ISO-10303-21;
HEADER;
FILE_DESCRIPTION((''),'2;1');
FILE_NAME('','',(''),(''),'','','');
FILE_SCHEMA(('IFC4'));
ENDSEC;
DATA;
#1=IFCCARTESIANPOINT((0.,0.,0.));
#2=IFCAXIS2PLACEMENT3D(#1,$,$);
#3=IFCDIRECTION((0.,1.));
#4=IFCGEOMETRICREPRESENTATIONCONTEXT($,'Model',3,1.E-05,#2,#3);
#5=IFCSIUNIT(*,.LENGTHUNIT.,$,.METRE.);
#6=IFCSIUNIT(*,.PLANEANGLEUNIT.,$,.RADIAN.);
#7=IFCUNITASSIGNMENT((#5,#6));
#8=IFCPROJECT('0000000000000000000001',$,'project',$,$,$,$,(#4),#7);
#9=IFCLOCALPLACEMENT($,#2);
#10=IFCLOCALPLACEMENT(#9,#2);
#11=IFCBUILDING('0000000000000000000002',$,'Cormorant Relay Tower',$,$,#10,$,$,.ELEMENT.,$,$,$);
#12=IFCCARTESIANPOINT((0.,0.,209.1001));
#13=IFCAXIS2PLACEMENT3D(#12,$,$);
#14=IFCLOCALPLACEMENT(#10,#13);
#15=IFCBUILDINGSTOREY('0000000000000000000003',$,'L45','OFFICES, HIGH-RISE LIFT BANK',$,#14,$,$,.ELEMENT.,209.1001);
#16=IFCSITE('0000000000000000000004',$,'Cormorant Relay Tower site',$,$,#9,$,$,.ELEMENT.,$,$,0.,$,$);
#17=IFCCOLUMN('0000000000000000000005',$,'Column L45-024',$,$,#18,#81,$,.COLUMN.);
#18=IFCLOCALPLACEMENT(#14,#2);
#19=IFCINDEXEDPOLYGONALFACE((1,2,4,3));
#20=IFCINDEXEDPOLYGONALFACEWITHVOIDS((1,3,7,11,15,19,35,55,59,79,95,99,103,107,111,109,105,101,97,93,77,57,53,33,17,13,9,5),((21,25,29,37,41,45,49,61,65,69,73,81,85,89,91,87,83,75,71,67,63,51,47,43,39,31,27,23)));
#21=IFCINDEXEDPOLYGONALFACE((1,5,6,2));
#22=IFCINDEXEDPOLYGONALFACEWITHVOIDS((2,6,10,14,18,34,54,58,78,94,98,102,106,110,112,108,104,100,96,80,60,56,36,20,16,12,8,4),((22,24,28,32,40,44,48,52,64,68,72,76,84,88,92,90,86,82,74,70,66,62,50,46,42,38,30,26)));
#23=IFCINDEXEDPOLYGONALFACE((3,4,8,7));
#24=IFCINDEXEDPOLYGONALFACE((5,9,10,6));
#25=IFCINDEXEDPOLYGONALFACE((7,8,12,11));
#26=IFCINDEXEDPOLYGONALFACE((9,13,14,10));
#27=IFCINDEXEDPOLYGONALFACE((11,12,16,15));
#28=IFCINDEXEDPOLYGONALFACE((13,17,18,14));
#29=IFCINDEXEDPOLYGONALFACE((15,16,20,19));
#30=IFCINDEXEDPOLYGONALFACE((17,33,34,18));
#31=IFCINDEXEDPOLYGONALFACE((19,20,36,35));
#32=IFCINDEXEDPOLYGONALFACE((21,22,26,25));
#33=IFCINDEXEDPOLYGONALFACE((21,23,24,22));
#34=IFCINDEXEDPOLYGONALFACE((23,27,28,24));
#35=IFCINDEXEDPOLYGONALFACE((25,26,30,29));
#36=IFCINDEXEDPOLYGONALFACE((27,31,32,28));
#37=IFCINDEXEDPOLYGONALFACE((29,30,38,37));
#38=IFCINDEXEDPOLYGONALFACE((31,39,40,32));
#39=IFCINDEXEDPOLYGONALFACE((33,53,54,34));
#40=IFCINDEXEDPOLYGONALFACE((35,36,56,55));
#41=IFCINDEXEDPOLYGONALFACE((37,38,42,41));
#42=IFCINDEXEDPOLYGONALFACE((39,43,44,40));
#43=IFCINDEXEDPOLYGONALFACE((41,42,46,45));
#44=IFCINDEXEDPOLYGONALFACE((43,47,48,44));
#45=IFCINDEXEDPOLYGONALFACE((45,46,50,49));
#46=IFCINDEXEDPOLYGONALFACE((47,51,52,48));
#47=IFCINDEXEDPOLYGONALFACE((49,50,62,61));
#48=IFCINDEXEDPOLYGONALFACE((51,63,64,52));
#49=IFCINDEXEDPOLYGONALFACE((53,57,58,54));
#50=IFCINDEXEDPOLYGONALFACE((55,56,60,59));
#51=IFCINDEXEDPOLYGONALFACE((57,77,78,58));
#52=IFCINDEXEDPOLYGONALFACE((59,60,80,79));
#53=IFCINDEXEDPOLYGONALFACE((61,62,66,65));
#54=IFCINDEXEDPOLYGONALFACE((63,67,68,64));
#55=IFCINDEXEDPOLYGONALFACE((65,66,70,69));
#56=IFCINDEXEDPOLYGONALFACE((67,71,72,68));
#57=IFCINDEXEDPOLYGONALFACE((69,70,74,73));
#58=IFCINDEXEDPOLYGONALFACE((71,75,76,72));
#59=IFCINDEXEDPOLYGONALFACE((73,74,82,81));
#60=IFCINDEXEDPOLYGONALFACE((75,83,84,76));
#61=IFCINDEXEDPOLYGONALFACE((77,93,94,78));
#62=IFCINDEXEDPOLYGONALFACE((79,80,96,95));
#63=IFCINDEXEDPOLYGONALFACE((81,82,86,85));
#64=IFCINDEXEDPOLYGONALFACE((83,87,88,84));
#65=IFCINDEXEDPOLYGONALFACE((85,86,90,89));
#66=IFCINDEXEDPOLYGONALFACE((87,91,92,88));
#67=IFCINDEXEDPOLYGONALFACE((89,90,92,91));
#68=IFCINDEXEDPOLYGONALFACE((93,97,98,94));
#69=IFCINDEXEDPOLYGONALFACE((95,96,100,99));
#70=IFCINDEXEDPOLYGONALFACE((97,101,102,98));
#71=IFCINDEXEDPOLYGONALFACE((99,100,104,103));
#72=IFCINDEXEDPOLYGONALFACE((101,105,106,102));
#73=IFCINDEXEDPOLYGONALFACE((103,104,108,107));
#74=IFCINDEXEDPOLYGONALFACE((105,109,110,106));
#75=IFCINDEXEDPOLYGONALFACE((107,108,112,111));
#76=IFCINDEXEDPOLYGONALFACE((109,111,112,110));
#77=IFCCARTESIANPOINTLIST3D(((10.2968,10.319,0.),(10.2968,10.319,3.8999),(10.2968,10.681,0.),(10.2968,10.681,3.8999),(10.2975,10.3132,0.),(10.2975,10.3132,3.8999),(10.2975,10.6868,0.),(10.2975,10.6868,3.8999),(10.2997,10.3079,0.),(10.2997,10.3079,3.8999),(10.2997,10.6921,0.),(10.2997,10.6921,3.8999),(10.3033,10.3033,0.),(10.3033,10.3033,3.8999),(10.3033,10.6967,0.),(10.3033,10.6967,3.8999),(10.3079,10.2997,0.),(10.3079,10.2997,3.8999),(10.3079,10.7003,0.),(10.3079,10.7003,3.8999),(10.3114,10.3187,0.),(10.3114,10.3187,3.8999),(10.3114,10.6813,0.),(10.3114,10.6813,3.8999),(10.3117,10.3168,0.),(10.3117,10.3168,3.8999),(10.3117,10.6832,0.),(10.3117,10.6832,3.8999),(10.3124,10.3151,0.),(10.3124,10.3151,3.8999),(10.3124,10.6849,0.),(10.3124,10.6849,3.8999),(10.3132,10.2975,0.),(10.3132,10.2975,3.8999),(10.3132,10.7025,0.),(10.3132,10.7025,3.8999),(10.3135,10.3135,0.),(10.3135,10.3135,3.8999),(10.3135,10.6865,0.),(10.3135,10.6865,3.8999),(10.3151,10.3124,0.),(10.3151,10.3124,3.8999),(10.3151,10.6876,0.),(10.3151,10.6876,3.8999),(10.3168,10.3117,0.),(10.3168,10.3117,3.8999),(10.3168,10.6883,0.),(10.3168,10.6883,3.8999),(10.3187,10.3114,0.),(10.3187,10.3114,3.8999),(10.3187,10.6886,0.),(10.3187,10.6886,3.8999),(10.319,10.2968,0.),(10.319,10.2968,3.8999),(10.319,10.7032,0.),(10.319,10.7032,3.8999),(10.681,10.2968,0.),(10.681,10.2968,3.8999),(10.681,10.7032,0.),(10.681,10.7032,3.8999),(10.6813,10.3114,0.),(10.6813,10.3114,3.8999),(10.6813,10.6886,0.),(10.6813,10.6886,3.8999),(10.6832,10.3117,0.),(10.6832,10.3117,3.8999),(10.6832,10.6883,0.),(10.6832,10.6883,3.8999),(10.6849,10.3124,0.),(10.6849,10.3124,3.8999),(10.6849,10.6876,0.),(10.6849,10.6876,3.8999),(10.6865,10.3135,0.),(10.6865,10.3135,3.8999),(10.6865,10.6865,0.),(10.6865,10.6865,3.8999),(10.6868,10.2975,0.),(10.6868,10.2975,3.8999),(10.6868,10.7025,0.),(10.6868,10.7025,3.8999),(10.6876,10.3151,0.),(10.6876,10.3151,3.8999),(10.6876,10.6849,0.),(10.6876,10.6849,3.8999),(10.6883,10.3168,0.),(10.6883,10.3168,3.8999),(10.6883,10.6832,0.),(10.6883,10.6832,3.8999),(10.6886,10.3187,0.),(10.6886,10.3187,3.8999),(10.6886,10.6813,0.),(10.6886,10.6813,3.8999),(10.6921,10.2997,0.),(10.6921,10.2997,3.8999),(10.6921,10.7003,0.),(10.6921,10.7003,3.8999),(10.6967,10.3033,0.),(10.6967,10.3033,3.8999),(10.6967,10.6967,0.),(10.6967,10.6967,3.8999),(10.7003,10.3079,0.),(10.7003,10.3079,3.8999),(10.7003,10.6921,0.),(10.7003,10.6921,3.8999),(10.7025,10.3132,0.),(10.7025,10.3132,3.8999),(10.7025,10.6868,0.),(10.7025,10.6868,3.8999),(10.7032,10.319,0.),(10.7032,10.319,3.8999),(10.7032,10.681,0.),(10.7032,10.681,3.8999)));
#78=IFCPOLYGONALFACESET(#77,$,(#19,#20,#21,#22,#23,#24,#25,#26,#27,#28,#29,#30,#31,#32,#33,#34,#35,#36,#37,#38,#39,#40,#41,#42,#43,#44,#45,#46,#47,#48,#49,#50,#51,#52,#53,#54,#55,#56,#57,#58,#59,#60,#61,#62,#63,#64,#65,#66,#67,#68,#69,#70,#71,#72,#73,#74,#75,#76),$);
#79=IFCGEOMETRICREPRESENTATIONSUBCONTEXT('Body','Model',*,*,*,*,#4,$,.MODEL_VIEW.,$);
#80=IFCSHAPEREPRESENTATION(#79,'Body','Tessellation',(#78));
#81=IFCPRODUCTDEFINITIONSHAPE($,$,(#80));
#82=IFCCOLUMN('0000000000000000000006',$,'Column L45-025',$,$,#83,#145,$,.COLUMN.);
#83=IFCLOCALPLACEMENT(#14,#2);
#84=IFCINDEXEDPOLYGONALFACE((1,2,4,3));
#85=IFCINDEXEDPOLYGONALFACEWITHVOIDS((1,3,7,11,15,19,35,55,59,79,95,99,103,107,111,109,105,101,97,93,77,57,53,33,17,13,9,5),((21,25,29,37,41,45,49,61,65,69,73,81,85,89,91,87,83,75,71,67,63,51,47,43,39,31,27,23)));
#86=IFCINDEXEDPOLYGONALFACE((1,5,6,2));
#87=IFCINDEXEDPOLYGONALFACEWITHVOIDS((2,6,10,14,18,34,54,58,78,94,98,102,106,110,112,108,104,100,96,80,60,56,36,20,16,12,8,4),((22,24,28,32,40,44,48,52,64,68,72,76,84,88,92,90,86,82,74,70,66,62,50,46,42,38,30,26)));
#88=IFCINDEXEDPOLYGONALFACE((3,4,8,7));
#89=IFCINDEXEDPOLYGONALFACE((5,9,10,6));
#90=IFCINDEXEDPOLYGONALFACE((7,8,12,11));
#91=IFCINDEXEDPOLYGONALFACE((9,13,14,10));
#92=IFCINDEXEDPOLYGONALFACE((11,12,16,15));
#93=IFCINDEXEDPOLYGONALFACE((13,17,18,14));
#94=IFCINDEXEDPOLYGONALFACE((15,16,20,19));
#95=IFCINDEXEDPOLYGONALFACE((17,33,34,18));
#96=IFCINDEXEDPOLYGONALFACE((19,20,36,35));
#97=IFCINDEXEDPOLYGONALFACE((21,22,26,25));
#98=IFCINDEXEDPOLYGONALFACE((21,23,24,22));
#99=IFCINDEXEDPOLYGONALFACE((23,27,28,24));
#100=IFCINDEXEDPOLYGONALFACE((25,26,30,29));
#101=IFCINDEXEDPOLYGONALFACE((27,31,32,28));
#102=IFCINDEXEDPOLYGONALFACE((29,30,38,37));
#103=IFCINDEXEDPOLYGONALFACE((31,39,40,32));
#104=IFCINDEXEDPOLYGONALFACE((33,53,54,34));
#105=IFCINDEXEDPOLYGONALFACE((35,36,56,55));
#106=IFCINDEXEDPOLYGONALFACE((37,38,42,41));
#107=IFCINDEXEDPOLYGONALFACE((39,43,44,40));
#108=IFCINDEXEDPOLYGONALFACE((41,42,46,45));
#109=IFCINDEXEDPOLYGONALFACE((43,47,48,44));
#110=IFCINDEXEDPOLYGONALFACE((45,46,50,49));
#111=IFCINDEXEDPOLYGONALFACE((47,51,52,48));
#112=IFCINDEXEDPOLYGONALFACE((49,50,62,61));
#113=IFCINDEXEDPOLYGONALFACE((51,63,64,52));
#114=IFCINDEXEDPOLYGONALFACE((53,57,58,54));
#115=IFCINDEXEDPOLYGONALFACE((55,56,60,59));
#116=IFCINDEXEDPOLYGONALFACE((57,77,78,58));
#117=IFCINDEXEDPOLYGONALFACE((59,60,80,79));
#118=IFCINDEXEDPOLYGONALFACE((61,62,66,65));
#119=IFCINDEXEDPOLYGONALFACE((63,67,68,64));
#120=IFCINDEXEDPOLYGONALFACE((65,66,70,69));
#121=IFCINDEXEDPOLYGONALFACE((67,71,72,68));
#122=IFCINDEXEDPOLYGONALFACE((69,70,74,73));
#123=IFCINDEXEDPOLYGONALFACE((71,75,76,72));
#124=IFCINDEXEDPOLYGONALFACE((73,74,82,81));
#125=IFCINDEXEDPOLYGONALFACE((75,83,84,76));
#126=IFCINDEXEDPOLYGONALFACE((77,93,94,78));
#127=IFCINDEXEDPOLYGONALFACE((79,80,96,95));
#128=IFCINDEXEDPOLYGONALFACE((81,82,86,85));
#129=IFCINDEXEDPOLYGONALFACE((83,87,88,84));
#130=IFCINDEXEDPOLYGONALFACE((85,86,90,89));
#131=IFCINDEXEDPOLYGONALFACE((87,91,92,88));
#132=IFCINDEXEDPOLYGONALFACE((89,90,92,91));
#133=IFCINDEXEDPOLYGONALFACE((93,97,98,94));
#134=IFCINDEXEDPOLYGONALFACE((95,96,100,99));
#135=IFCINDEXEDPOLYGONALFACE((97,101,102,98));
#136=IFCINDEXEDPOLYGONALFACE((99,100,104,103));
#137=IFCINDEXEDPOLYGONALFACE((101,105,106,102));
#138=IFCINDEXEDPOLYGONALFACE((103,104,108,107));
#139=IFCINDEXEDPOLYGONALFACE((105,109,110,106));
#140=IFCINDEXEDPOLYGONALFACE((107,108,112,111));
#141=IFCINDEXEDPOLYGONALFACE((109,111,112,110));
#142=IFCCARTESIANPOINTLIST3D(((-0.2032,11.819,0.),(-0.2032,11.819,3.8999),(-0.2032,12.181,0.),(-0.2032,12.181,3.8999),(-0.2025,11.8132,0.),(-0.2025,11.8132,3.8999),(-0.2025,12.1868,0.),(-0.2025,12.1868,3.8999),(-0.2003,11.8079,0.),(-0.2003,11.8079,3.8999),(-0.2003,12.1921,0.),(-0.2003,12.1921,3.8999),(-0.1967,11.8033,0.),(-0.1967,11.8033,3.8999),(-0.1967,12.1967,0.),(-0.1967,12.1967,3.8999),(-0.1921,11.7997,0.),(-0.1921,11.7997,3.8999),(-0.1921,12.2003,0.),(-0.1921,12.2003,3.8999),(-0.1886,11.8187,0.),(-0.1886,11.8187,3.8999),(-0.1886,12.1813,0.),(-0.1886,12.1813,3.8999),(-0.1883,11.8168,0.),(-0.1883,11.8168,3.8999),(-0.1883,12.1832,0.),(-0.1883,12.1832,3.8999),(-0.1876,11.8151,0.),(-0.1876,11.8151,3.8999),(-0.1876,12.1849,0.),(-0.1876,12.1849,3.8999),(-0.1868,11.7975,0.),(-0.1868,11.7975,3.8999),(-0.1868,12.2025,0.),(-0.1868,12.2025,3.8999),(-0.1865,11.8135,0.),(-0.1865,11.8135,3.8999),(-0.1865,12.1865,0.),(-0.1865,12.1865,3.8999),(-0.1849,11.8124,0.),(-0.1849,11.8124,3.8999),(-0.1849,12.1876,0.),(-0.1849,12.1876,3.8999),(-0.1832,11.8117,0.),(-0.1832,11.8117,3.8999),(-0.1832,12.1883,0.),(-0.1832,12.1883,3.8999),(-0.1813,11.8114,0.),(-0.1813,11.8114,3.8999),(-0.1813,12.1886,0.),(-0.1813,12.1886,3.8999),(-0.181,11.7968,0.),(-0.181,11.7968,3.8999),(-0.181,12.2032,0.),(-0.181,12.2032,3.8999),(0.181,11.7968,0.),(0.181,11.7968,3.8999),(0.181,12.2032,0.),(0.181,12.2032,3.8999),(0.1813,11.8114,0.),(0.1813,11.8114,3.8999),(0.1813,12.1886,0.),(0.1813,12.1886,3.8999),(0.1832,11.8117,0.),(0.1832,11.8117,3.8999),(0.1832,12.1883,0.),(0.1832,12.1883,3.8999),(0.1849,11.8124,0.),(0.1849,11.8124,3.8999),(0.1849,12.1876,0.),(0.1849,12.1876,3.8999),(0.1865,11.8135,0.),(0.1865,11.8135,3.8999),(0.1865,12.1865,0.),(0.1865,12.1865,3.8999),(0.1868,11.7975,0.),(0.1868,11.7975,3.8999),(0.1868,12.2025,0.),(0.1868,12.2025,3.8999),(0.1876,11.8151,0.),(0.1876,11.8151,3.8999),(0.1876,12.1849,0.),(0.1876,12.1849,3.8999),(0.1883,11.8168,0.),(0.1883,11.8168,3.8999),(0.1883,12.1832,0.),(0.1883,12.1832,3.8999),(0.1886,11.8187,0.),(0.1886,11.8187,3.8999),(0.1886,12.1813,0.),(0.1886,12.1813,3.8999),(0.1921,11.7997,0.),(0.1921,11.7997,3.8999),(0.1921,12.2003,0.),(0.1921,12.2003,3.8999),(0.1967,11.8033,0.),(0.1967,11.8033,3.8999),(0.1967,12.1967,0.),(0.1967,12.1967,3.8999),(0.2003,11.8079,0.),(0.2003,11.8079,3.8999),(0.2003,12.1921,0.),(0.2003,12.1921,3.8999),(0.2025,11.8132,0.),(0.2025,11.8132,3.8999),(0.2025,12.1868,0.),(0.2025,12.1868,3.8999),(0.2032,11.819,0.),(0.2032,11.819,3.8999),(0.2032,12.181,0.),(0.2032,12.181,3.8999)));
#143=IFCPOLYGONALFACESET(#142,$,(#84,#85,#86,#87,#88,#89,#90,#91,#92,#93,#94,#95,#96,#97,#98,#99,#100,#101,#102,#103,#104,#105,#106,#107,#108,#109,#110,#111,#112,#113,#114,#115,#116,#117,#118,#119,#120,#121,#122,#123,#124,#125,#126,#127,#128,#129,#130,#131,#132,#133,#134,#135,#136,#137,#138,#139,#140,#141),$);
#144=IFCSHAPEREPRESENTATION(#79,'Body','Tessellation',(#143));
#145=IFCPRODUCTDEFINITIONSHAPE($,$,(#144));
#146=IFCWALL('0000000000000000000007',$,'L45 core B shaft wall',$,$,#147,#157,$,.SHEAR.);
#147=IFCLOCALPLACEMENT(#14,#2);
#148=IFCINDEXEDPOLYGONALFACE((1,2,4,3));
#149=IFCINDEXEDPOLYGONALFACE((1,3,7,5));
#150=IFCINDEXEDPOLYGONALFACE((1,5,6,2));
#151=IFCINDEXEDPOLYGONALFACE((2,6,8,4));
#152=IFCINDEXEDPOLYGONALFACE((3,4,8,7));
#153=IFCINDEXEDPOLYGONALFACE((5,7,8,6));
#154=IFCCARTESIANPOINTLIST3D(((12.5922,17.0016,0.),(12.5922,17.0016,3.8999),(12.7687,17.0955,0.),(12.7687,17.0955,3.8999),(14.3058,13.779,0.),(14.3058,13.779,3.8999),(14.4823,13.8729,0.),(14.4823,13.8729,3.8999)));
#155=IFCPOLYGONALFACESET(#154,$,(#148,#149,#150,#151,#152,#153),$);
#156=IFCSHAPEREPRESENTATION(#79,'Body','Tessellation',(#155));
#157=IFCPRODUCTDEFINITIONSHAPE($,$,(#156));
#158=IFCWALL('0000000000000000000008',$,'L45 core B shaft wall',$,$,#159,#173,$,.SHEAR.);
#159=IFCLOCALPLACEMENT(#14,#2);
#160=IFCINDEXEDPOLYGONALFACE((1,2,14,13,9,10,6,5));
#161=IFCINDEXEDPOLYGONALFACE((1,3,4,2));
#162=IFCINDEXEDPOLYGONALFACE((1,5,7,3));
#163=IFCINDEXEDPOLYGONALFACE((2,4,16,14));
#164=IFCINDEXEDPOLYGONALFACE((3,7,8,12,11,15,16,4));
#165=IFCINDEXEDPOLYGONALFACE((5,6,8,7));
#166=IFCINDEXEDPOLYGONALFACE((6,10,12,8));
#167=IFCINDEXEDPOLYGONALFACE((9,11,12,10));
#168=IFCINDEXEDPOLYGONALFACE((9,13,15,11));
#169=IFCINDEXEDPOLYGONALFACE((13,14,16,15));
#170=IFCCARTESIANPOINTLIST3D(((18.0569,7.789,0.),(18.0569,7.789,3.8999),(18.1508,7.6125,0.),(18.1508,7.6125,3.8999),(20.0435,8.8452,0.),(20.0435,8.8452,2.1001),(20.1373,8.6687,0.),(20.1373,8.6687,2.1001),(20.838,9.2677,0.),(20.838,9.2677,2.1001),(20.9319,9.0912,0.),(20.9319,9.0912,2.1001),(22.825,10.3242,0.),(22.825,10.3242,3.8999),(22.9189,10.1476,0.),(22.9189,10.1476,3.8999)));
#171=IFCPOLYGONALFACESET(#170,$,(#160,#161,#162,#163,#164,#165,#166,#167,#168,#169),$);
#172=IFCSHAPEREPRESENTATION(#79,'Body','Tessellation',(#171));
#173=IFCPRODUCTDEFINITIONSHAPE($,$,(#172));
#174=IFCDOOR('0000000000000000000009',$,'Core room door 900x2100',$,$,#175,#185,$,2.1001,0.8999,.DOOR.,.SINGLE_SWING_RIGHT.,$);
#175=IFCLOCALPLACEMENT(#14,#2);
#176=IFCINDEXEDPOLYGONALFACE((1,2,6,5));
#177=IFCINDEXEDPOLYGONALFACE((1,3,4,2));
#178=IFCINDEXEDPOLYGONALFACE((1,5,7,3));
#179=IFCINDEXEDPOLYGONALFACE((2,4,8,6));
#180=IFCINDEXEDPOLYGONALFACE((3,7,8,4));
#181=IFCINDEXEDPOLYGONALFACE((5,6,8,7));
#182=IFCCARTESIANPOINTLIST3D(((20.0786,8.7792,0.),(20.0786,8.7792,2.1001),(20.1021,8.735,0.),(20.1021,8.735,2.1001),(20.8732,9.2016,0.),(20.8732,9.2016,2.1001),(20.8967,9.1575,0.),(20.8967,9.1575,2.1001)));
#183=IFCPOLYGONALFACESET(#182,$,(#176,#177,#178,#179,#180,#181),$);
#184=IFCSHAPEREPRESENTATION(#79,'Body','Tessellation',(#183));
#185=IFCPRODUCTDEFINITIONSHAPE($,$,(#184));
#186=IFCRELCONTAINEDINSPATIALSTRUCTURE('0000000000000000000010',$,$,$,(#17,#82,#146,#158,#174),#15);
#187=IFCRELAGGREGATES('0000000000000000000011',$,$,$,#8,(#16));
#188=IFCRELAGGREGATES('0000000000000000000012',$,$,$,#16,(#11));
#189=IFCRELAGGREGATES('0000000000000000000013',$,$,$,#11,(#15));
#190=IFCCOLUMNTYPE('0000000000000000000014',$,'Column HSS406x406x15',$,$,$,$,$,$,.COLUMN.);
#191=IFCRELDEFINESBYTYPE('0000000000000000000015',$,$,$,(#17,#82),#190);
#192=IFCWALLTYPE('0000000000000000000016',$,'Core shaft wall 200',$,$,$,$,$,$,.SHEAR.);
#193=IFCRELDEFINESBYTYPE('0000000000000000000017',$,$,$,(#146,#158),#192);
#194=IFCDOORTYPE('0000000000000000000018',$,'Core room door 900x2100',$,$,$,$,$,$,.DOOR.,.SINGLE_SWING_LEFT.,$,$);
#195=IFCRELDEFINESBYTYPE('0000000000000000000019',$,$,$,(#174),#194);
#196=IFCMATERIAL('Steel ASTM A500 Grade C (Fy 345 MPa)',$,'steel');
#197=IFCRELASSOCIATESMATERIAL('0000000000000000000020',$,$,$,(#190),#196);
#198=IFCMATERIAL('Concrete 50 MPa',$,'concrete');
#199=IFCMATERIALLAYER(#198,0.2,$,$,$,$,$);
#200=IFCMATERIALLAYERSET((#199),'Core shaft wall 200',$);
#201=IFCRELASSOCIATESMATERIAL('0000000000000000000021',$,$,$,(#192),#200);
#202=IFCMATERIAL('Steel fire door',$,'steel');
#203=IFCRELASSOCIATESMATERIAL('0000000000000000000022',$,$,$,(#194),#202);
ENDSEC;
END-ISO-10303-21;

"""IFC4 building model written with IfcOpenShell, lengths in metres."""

from ifc_helpers import new_model, si_unit, direction, frame, frame_2d, origin, origin_2d, place, context, subcontext, project, spatial, rectangle, hollow_rectangle, extrude, material, layer, layer_set, material_profile, profile_set, type_object, element, fill, save


model = new_model("IFC4")

# Units and contexts
model_context = context("Model", 3, precision=1e-05, world=origin(), true_north=direction((0.0, 1.0)))
body_context = subcontext(model_context, "Body", "Model", "MODEL_VIEW")
ifc_project = project(units=[si_unit("LENGTHUNIT", "METRE"), si_unit("PLANEANGLEUNIT", "RADIAN")], contexts=[model_context])

# Site, building, storey
site_placement = place(None, origin())
site = spatial("IfcSite", under=ifc_project, at=site_placement, Name="Cormorant Relay Tower site", CompositionType="ELEMENT", RefElevation=0.0)
building_placement = place(site_placement, origin())
building = spatial("IfcBuilding", under=site, at=building_placement, Name="Cormorant Relay Tower", CompositionType="ELEMENT")
storey_placement = place(building_placement, frame((0.0, 0.0, 209.1001)))
storey = spatial("IfcBuildingStorey", under=building, at=storey_placement, Name="L45", Description="OFFICES, HIGH-RISE LIFT BANK", CompositionType="ELEMENT", Elevation=209.1001)

# Columns
ifc_material_1 = material(Name="Steel ASTM A500 Grade C (Fy 345 MPa)", Category="steel")
ifc_material_profile = material_profile(ifc_material_1, hollow_rectangle(XDim=0.4065, YDim=0.4065, WallThickness=0.0146, InnerFilletRadius=0.0073, OuterFilletRadius=0.0222, at=origin_2d()), Name="HSS406x406x15")
ifc_profile_set = profile_set([ifc_material_profile], Name="Steel ASTM A500 Grade C (Fy 345 MPa)")
column_type = type_object("IfcColumnType", Name="Column HSS406x406x15", PredefinedType="COLUMN", material=ifc_profile_set)
for number, where, z_axis, x_axis, name in (
    (1, (10.5, 10.5, 0.0), (0.0, 0.0, 1.0), (1.0, 0.0, 0.0), "Column L45-024"),
    (2, (0.0, 12.0, 0.0), (0.0, 0.0, 1.0), (1.0, 0.0, 0.0), "Column L45-025"),
):
    element("IfcColumn", number, at=place(storey_placement, frame(where, z_axis=z_axis, x_axis=x_axis)), inside=storey, type_object=column_type, Name=name, PredefinedType="COLUMN", context=body_context, shape_type="SweptSolid", body=[
        extrude(hollow_rectangle(XDim=0.4065, YDim=0.4065, WallThickness=0.0146, InnerFilletRadius=0.0073, OuterFilletRadius=0.0222, at=origin_2d()), origin(), (0.0, 0.0, 1.0), 3.8999),
    ])

# Wall
ifc_material_2 = material(Name="Concrete 50 MPa", Category="concrete")
ifc_layer_1 = layer(ifc_material_2, 0.2)
ifc_layer_set_1 = layer_set([ifc_layer_1], Name="Core shaft wall 200")
wall_type_1 = type_object("IfcWallType", Name="Core shaft wall 200", PredefinedType="SHEAR", material=ifc_layer_set_1)
wall_1_placement = place(storey_placement, frame((14.394, 13.8259, 0.0), z_axis=(0.0, 0.0, 1.0), x_axis=(-0.469494, 0.882936, 0.0)))
element("IfcWall", 3, at=wall_1_placement, inside=storey, type_object=wall_type_1, Name="L45 core B shaft wall", PredefinedType="SHEAR", context=body_context, shape_type="SweptSolid", body=[
    extrude(rectangle(XDim=3.6499, YDim=0.2, at=frame_2d((1.825, 0.0))), origin(), (0.0, 0.0, 1.0), 3.8999),
])

# Wall, opening, door
wall_2_placement = place(storey_placement, frame((18.1038, 7.7007, 0.0), z_axis=(0.0, 0.0, 1.0), x_axis=(0.882953, 0.469462, 0.0)))
wall_2 = element("IfcWall", 4, at=wall_2_placement, inside=storey, type_object=wall_type_1, Name="L45 core B shaft wall", PredefinedType="SHEAR", context=body_context, shape_type="SweptSolid", body=[
    extrude(rectangle(XDim=5.4001, YDim=0.2, at=frame_2d((2.7002, 0.0))), origin(), (0.0, 0.0, 1.0), 3.8999),
])
opening_1_placement = place(wall_2_placement, frame((2.25, 0.0, 0.0)))
opening_1 = element("IfcOpeningElement", 5, at=opening_1_placement, cuts=wall_2, PredefinedType="OPENING", context=body_context, shape_type="SweptSolid", body=[
    extrude(rectangle(XDim=0.8999, YDim=2.1001, at=frame_2d((0.45, 1.05))), frame((0.0, 0.1099, 0.0), z_axis=(0.0, -1.0, 0.0), x_axis=(1.0, 0.0, 0.0)), (0.0, 0.0, 1.0), 0.22),
])
ifc_material_3 = material(Name="Steel fire door", Category="steel")
door_type_1 = type_object("IfcDoorType", Name="Core room door 900x2100", OperationType="SINGLE_SWING_LEFT", PredefinedType="DOOR", material=ifc_material_3)
door_1_placement = place(opening_1_placement, frame((0.8999, 0.0, 0.0), z_axis=(0.0, 0.0, 1.0), x_axis=(-1.0, 0.0, 0.0)))
door_1 = element("IfcDoor", 6, at=door_1_placement, inside=storey, type_object=door_type_1, Name="Core room door 900x2100", OperationType="SINGLE_SWING_RIGHT", OverallHeight=2.1001, OverallWidth=0.8999, PredefinedType="DOOR", context=body_context, shape_type="SweptSolid", body=[
    extrude(rectangle(XDim=0.8999, YDim=2.1001, at=frame_2d((0.45, 1.05))), frame((0.0, 0.0249, 0.0), z_axis=(0.0, -1.0, 0.0), x_axis=(1.0, 0.0, 0.0)), (0.0, 0.0, 1.0), 0.05),
])
fill(opening_1, door_1)

save(model, "model.ifc")
